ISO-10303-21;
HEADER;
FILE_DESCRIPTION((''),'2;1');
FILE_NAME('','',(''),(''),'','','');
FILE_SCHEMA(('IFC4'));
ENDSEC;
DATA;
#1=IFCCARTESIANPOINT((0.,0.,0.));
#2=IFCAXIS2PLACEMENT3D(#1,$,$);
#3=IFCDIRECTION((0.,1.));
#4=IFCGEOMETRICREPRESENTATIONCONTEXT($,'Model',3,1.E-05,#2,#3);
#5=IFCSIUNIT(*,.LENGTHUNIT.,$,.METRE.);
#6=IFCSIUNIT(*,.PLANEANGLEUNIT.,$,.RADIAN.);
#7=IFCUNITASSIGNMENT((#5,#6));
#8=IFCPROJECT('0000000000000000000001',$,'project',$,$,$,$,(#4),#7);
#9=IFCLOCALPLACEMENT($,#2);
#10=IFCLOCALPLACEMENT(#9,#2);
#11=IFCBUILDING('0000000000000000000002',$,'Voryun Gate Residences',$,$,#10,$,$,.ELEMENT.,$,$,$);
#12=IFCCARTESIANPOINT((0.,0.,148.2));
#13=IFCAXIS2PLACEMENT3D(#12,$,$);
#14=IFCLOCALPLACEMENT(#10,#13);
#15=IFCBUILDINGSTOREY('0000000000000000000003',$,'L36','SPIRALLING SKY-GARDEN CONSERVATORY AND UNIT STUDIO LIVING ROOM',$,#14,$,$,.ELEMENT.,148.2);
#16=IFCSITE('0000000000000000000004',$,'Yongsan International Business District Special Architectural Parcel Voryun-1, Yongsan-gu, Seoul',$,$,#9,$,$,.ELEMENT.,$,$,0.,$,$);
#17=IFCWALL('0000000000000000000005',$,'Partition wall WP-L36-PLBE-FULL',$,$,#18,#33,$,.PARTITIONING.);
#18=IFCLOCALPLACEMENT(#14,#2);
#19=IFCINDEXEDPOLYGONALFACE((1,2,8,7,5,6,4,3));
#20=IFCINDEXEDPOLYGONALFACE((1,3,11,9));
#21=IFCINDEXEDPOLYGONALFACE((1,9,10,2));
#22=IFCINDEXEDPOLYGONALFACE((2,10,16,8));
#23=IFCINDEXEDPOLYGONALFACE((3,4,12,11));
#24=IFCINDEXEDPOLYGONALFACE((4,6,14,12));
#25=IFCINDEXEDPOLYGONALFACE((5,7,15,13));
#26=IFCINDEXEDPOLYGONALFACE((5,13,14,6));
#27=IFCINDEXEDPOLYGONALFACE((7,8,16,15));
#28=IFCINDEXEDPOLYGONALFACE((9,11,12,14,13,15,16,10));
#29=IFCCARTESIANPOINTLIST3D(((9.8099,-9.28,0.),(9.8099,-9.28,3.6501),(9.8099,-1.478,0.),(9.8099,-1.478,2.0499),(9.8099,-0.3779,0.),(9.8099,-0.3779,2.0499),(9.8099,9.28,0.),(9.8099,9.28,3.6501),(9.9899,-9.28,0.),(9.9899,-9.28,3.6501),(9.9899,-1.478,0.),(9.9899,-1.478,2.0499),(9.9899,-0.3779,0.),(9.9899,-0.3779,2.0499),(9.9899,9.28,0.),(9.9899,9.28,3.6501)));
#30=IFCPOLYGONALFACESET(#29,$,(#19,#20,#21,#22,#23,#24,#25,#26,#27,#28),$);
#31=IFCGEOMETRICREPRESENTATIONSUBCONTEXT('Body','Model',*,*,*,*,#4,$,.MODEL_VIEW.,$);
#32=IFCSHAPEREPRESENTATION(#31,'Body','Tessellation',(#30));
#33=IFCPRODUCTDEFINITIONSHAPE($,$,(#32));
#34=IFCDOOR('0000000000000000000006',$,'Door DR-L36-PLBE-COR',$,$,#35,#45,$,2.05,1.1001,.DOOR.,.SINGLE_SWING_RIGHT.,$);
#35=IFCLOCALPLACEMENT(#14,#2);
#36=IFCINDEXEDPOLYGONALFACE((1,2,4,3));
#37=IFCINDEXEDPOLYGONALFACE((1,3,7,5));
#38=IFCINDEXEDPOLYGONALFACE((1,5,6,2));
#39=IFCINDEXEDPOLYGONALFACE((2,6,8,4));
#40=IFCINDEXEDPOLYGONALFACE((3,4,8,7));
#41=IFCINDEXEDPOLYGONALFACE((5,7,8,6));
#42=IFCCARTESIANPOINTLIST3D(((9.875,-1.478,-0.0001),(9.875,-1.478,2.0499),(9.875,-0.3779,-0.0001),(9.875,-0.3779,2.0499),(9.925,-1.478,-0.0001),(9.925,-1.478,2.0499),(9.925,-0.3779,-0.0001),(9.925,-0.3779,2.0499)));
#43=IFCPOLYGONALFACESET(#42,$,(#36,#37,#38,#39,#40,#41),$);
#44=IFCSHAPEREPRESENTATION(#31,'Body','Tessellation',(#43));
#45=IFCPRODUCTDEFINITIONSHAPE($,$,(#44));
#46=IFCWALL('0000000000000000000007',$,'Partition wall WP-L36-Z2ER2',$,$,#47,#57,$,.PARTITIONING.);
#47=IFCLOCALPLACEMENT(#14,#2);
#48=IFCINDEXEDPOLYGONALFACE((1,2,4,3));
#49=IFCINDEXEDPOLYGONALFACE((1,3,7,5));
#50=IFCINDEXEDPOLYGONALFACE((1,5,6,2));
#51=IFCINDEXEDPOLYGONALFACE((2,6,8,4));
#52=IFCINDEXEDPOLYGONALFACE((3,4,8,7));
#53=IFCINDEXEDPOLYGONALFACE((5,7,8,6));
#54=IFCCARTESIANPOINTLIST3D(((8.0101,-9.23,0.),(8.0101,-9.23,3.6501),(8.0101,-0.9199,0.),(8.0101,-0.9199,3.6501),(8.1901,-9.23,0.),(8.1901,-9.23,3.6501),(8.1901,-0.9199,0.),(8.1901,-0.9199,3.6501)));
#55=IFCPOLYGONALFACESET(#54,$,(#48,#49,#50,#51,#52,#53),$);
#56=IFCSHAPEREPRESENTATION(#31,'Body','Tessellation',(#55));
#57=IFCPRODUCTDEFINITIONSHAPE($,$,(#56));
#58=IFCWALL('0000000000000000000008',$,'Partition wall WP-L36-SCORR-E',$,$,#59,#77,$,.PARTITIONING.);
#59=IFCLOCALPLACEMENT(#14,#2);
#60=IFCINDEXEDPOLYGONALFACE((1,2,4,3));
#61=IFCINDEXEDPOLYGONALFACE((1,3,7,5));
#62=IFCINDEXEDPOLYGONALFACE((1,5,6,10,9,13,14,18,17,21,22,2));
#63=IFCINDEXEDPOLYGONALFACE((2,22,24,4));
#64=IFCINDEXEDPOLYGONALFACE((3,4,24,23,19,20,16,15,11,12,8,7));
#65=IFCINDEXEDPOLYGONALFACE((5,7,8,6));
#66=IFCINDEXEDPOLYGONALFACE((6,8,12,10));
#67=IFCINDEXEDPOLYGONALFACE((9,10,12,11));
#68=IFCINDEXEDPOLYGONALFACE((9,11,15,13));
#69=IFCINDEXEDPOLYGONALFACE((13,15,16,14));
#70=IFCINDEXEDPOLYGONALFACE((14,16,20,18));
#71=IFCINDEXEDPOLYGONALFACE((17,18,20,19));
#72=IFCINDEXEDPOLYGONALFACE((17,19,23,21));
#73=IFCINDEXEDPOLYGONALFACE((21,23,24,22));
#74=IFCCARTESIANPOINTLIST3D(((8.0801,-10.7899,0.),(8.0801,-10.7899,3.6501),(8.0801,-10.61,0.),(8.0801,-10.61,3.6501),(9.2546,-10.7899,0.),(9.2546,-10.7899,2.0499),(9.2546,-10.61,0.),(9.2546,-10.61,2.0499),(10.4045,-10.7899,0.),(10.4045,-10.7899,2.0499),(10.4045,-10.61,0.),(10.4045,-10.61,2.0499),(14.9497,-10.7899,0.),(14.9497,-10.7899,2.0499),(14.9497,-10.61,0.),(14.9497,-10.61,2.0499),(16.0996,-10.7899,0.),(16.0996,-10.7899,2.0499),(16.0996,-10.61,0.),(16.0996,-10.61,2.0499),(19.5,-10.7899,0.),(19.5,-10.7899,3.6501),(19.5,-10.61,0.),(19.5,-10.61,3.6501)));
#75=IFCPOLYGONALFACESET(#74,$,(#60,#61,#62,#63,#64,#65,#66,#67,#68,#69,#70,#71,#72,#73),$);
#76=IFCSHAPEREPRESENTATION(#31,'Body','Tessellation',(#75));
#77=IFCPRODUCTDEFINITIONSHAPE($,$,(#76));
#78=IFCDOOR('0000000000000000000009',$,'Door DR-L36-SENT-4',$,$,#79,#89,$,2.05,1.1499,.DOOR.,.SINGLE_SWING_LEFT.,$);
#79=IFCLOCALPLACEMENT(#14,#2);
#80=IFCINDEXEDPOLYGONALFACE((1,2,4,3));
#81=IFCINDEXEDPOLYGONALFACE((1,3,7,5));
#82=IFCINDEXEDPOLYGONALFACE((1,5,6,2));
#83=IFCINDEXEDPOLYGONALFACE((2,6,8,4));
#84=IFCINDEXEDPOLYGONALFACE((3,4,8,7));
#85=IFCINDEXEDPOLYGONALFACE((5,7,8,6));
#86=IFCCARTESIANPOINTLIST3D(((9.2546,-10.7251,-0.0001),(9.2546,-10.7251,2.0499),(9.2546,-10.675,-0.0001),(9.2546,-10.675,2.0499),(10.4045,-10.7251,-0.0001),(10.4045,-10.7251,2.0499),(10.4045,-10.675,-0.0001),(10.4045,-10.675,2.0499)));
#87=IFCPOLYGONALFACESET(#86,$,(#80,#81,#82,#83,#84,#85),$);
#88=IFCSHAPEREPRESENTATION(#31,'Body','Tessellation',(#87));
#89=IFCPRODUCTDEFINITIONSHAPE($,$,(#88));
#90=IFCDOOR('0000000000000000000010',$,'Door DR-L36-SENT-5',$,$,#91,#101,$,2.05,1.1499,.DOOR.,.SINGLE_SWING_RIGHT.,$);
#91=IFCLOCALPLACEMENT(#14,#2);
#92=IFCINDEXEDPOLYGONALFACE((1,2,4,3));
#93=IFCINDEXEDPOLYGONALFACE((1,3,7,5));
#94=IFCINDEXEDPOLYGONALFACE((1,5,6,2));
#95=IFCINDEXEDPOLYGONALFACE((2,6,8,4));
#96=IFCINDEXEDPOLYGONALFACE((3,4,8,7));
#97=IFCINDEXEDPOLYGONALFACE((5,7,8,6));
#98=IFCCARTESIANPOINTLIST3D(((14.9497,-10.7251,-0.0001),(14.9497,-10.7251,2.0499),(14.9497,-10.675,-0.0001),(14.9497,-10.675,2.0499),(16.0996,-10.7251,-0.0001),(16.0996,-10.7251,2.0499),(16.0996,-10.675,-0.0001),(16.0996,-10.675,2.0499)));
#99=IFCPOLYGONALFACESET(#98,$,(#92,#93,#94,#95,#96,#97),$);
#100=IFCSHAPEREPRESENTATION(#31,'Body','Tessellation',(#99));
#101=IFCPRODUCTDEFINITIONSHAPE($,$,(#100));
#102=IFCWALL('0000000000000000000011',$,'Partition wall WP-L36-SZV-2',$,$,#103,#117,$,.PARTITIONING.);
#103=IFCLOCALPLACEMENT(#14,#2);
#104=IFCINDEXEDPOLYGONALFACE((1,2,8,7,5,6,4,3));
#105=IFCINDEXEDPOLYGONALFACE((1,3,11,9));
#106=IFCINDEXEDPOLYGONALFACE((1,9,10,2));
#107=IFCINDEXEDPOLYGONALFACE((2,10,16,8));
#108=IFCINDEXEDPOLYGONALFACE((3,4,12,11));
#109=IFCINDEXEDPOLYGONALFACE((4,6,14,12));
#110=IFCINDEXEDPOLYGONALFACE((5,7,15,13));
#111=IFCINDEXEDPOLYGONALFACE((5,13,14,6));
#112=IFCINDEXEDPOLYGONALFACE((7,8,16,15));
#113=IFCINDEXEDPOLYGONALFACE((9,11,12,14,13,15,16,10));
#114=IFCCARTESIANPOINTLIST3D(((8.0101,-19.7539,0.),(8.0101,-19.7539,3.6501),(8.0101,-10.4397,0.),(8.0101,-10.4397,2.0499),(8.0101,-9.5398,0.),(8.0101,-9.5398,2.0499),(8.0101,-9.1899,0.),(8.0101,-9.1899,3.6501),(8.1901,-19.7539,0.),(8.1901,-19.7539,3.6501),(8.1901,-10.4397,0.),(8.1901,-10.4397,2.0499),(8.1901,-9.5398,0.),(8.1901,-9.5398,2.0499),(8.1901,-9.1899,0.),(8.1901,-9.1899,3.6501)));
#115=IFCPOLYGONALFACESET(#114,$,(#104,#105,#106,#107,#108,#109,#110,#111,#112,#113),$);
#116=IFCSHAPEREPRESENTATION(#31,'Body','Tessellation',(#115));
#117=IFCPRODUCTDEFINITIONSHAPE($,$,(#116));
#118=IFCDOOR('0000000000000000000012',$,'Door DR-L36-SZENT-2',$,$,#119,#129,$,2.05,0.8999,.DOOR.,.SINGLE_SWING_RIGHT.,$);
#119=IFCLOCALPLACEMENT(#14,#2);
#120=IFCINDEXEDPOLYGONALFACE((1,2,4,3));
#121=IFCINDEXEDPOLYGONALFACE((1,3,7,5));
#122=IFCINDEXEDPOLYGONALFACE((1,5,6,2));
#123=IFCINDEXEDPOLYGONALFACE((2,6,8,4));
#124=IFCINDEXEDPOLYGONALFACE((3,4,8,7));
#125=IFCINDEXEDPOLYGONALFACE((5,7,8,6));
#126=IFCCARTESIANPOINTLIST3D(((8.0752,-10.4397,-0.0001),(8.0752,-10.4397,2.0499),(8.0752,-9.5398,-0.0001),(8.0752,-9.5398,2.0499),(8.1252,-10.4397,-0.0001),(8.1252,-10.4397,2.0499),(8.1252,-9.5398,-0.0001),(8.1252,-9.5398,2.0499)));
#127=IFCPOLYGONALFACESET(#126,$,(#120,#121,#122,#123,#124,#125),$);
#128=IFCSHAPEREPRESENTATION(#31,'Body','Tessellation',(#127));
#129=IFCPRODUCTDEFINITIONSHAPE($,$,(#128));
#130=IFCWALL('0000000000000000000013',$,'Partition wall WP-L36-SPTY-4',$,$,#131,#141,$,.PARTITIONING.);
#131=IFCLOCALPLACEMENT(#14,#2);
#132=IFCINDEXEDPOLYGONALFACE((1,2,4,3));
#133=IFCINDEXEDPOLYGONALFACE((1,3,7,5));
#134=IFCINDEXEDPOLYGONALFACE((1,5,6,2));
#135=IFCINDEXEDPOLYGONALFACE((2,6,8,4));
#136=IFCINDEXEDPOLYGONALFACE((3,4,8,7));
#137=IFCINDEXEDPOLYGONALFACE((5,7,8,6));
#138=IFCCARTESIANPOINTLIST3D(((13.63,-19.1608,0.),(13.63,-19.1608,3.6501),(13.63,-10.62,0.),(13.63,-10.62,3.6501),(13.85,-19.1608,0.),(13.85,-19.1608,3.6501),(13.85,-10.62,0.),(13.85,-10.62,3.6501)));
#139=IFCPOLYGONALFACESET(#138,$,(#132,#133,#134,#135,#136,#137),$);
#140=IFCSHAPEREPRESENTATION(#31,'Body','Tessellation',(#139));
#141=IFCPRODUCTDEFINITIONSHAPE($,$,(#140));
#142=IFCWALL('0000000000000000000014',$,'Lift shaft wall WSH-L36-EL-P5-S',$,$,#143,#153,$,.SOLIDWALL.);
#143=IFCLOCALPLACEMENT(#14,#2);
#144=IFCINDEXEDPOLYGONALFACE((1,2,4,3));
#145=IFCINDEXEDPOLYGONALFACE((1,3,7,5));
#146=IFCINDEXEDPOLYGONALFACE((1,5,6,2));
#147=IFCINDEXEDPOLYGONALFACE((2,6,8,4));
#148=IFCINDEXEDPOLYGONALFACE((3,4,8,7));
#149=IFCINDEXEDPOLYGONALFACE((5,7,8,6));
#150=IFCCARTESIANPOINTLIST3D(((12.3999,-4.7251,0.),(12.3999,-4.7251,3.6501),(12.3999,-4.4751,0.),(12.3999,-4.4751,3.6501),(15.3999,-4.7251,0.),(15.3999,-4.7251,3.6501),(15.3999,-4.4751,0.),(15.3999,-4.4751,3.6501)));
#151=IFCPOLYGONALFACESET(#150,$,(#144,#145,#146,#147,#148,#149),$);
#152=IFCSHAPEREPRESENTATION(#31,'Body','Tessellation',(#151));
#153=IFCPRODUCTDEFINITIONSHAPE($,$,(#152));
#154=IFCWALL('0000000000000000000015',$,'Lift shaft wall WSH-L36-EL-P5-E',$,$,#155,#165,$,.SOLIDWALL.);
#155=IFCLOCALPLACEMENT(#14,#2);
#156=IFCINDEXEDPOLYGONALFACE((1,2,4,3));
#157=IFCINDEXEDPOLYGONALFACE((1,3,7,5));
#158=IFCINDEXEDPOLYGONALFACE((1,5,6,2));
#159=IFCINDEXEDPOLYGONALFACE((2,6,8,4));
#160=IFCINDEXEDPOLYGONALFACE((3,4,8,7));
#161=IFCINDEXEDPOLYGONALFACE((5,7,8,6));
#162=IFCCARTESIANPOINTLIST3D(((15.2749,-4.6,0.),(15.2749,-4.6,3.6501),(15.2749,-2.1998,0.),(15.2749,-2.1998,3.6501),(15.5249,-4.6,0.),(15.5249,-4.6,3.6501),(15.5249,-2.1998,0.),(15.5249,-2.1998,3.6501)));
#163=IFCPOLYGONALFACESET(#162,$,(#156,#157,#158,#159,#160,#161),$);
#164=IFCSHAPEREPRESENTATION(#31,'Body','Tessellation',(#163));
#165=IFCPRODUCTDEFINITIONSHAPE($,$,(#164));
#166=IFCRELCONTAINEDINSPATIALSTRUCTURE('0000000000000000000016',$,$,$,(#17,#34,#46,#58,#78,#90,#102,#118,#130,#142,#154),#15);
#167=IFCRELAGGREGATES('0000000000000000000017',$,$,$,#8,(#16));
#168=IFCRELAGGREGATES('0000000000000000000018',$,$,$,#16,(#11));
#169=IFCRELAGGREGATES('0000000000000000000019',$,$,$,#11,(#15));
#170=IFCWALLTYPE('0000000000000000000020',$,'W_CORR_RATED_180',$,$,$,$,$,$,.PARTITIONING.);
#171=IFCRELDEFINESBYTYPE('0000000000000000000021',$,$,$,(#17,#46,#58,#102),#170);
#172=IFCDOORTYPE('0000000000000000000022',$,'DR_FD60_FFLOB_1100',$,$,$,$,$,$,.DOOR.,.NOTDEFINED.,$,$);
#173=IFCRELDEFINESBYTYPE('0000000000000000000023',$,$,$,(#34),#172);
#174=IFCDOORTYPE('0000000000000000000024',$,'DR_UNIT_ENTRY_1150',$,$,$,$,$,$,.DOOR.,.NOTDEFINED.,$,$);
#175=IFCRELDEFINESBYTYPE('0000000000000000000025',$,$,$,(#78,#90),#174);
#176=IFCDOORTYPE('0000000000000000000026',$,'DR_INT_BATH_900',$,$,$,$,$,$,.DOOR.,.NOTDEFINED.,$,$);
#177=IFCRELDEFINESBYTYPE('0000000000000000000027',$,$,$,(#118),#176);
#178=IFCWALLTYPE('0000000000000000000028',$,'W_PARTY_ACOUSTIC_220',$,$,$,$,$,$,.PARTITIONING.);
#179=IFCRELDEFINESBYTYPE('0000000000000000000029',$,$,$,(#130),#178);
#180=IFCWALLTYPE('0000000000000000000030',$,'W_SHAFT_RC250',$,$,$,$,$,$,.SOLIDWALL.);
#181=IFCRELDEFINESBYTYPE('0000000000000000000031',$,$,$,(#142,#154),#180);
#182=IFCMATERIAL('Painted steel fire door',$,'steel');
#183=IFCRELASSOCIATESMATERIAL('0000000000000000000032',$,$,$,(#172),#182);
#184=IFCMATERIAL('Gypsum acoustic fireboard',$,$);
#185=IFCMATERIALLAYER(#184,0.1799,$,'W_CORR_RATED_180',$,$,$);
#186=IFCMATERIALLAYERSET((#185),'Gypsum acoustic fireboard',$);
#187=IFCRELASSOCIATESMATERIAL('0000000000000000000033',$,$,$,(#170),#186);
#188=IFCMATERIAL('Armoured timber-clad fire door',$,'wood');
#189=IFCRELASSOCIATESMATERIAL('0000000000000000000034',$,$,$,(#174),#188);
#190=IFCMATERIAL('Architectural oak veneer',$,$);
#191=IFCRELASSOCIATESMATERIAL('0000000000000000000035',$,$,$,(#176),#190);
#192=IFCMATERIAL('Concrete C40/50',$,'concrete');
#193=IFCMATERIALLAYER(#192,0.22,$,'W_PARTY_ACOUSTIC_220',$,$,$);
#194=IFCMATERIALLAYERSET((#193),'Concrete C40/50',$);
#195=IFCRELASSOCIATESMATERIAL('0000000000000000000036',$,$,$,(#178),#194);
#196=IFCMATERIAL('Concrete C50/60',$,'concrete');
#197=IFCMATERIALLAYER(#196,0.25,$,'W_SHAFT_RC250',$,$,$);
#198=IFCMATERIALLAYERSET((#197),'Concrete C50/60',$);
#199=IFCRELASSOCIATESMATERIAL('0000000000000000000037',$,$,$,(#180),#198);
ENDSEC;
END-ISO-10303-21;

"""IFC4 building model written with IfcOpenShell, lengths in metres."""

from ifc_helpers import new_model, si_unit, direction, frame, frame_2d, origin, place, context, subcontext, project, spatial, rectangle, extrude, material, layer, layer_set, type_object, element, fill, save


model = new_model("IFC4")

# Units and contexts
model_context = context("Model", 3, precision=1e-05, world=origin(), true_north=direction((0.0, 1.0)))
body_context = subcontext(model_context, "Body", "Model", "MODEL_VIEW")
ifc_project = project(units=[si_unit("LENGTHUNIT", "METRE"), si_unit("PLANEANGLEUNIT", "RADIAN")], contexts=[model_context])

# Site, building, storey
site_placement = place(None, origin())
site = spatial("IfcSite", under=ifc_project, at=site_placement, Name="Yongsan International Business District Special Architectural Parcel Voryun-1, Yongsan-gu, Seoul", CompositionType="ELEMENT", RefElevation=0.0)
building_placement = place(site_placement, origin())
building = spatial("IfcBuilding", under=site, at=building_placement, Name="Voryun Gate Residences", CompositionType="ELEMENT")
storey_placement = place(building_placement, frame((0.0, 0.0, 148.2)))
storey = spatial("IfcBuildingStorey", under=building, at=storey_placement, Name="L36", Description="SPIRALLING SKY-GARDEN CONSERVATORY AND UNIT STUDIO LIVING ROOM", CompositionType="ELEMENT", Elevation=148.2)

# Shared definitions
ifc_material_1 = material(Name="Painted steel fire door", Category="steel")
door_type_1 = type_object("IfcDoorType", Name="DR_FD60_FFLOB_1100", OperationType="NOTDEFINED", PredefinedType="DOOR", material=ifc_material_1)

# Shared definitions
ifc_material_2 = material(Name="Gypsum acoustic fireboard")
ifc_layer_1 = layer(ifc_material_2, 0.1799, Name="W_CORR_RATED_180")
ifc_layer_set_1 = layer_set([ifc_layer_1], Name="Gypsum acoustic fireboard")
wall_type_1 = type_object("IfcWallType", Name="W_CORR_RATED_180", PredefinedType="PARTITIONING", material=ifc_layer_set_1)

# Wall, opening, door
wall_1_placement = place(storey_placement, frame((9.8999, -9.28, 0.0), z_axis=(0.0, 0.0, 1.0), x_axis=(0.0, 1.0, 0.0)))
wall_1 = element("IfcWall", 1, at=wall_1_placement, inside=storey, type_object=wall_type_1, Name="Partition wall WP-L36-PLBE-FULL", PredefinedType="PARTITIONING", context=body_context, shape_type="SweptSolid", body=[
    extrude(rectangle(XDim=18.5601, YDim=0.1799, at=frame_2d((9.28, 0.0))), origin(), (0.0, 0.0, 1.0), 3.6501),
])
opening_1_placement = place(wall_1_placement, frame((7.802, 0.0, 0.0)))
opening_1 = element("IfcOpeningElement", 2, at=opening_1_placement, cuts=wall_1, PredefinedType="OPENING", context=body_context, shape_type="SweptSolid", body=[
    extrude(rectangle(XDim=1.1001, YDim=2.05, at=frame_2d((0.55, 1.0249))), frame((0.0, 0.0999, 0.0), z_axis=(0.0, -1.0, 0.0), x_axis=(1.0, 0.0, 0.0)), (0.0, 0.0, 1.0), 0.2),
])
door_1_placement = place(opening_1_placement, origin())
door_1 = element("IfcDoor", 3, at=door_1_placement, inside=storey, type_object=door_type_1, Name="Door DR-L36-PLBE-COR", OperationType="SINGLE_SWING_RIGHT", OverallHeight=2.05, OverallWidth=1.1001, PredefinedType="DOOR", context=body_context, shape_type="SweptSolid", body=[
    extrude(rectangle(XDim=1.1001, YDim=2.05, at=frame_2d((0.55, 1.0249))), frame((0.0, 0.0249, 0.0), z_axis=(0.0, -1.0, 0.0), x_axis=(1.0, 0.0, 0.0)), (0.0, 0.0, 1.0), 0.05),
])
fill(opening_1, door_1)

# Wall
wall_2_placement = place(storey_placement, frame((8.1001, -9.23, 0.0), z_axis=(0.0, 0.0, 1.0), x_axis=(0.0, 1.0, 0.0)))
element("IfcWall", 4, at=wall_2_placement, inside=storey, type_object=wall_type_1, Name="Partition wall WP-L36-Z2ER2", PredefinedType="PARTITIONING", context=body_context, shape_type="SweptSolid", body=[
    extrude(rectangle(XDim=8.3101, YDim=0.1799, at=frame_2d((4.155, 0.0))), origin(), (0.0, 0.0, 1.0), 3.6501),
])

# Wall, openings, doors
wall_3_placement = place(storey_placement, frame((8.0801, -10.7, 0.0), z_axis=(0.0, 0.0, 1.0), x_axis=(1.0, 0.0, 0.0)))
wall_3 = element("IfcWall", 5, at=wall_3_placement, inside=storey, type_object=wall_type_1, Name="Partition wall WP-L36-SCORR-E", PredefinedType="PARTITIONING", context=body_context, shape_type="SweptSolid", body=[
    extrude(rectangle(XDim=11.4199, YDim=0.1799, at=frame_2d((5.71, 0.0))), origin(), (0.0, 0.0, 1.0), 3.6501),
])
opening_2_placement = place(wall_3_placement, frame((1.1746, 0.0, 0.0)))
opening_2 = element("IfcOpeningElement", 6, at=opening_2_placement, cuts=wall_3, PredefinedType="OPENING", context=body_context, shape_type="SweptSolid", body=[
    extrude(rectangle(XDim=1.1499, YDim=2.05, at=frame_2d((0.575, 1.0249))), frame((0.0, 0.0999, 0.0), z_axis=(0.0, -1.0, 0.0), x_axis=(1.0, 0.0, 0.0)), (0.0, 0.0, 1.0), 0.2),
])
opening_3_placement = place(wall_3_placement, frame((6.8696, 0.0, 0.0)))
opening_3 = element("IfcOpeningElement", 7, at=opening_3_placement, cuts=wall_3, PredefinedType="OPENING", context=body_context, shape_type="SweptSolid", body=[
    extrude(rectangle(XDim=1.1499, YDim=2.05, at=frame_2d((0.575, 1.0249))), frame((0.0, 0.0999, 0.0), z_axis=(0.0, -1.0, 0.0), x_axis=(1.0, 0.0, 0.0)), (0.0, 0.0, 1.0), 0.2),
])
ifc_material_3 = material(Name="Armoured timber-clad fire door", Category="wood")
door_type_2 = type_object("IfcDoorType", Name="DR_UNIT_ENTRY_1150", OperationType="NOTDEFINED", PredefinedType="DOOR", material=ifc_material_3)
door_2_placement = place(opening_2_placement, origin())
door_2 = element("IfcDoor", 8, at=door_2_placement, inside=storey, type_object=door_type_2, Name="Door DR-L36-SENT-4", OperationType="SINGLE_SWING_LEFT", OverallHeight=2.05, OverallWidth=1.1499, PredefinedType="DOOR", context=body_context, shape_type="SweptSolid", body=[
    extrude(rectangle(XDim=1.1499, YDim=2.05, at=frame_2d((0.575, 1.0249))), frame((0.0, 0.0249, 0.0), z_axis=(0.0, -1.0, 0.0), x_axis=(1.0, 0.0, 0.0)), (0.0, 0.0, 1.0), 0.05),
])
fill(opening_2, door_2)
door_3_placement = place(opening_3_placement, origin())
door_3 = element("IfcDoor", 9, at=door_3_placement, inside=storey, type_object=door_type_2, Name="Door DR-L36-SENT-5", OperationType="SINGLE_SWING_RIGHT", OverallHeight=2.05, OverallWidth=1.1499, PredefinedType="DOOR", context=body_context, shape_type="SweptSolid", body=[
    extrude(rectangle(XDim=1.1499, YDim=2.05, at=frame_2d((0.575, 1.0249))), frame((0.0, 0.0249, 0.0), z_axis=(0.0, -1.0, 0.0), x_axis=(1.0, 0.0, 0.0)), (0.0, 0.0, 1.0), 0.05),
])
fill(opening_3, door_3)

# Wall, opening, door
wall_4_placement = place(storey_placement, frame((8.1001, -19.7539, 0.0), z_axis=(0.0, 0.0, 1.0), x_axis=(0.0, 1.0, 0.0)))
wall_4 = element("IfcWall", 10, at=wall_4_placement, inside=storey, type_object=wall_type_1, Name="Partition wall WP-L36-SZV-2", PredefinedType="PARTITIONING", context=body_context, shape_type="SweptSolid", body=[
    extrude(rectangle(XDim=10.564, YDim=0.1799, at=frame_2d((5.282, 0.0))), origin(), (0.0, 0.0, 1.0), 3.6501),
])
opening_4_placement = place(wall_4_placement, frame((9.3142, 0.0, 0.0)))
opening_4 = element("IfcOpeningElement", 11, at=opening_4_placement, cuts=wall_4, PredefinedType="OPENING", context=body_context, shape_type="SweptSolid", body=[
    extrude(rectangle(XDim=0.8999, YDim=2.05, at=frame_2d((0.45, 1.0249))), frame((0.0, 0.0999, 0.0), z_axis=(0.0, -1.0, 0.0), x_axis=(1.0, 0.0, 0.0)), (0.0, 0.0, 1.0), 0.2),
])
ifc_material_4 = material(Name="Architectural oak veneer")
door_type_3 = type_object("IfcDoorType", Name="DR_INT_BATH_900", OperationType="NOTDEFINED", PredefinedType="DOOR", material=ifc_material_4)
door_4_placement = place(opening_4_placement, origin())
door_4 = element("IfcDoor", 12, at=door_4_placement, inside=storey, type_object=door_type_3, Name="Door DR-L36-SZENT-2", OperationType="SINGLE_SWING_RIGHT", OverallHeight=2.05, OverallWidth=0.8999, PredefinedType="DOOR", context=body_context, shape_type="SweptSolid", body=[
    extrude(rectangle(XDim=0.8999, YDim=2.05, at=frame_2d((0.45, 1.0249))), frame((0.0, 0.0249, 0.0), z_axis=(0.0, -1.0, 0.0), x_axis=(1.0, 0.0, 0.0)), (0.0, 0.0, 1.0), 0.05),
])
fill(opening_4, door_4)

# Walls
ifc_material_5 = material(Name="Concrete C40/50", Category="concrete")
ifc_layer_2 = layer(ifc_material_5, 0.22, Name="W_PARTY_ACOUSTIC_220")
ifc_layer_set_2 = layer_set([ifc_layer_2], Name="Concrete C40/50")
wall_type_2 = type_object("IfcWallType", Name="W_PARTY_ACOUSTIC_220", PredefinedType="PARTITIONING", material=ifc_layer_set_2)
wall_5_placement = place(storey_placement, frame((13.74, -19.1609, 0.0), z_axis=(0.0, 0.0, 1.0), x_axis=(0.0, 1.0, 0.0)))
element("IfcWall", 13, at=wall_5_placement, inside=storey, type_object=wall_type_2, Name="Partition wall WP-L36-SPTY-4", PredefinedType="PARTITIONING", context=body_context, shape_type="SweptSolid", body=[
    extrude(rectangle(XDim=8.5408, YDim=0.22, at=frame_2d((4.2705, 0.0))), origin(), (0.0, 0.0, 1.0), 3.6501),
])
ifc_material_6 = material(Name="Concrete C50/60", Category="concrete")
ifc_layer_3 = layer(ifc_material_6, 0.25, Name="W_SHAFT_RC250")
ifc_layer_set_3 = layer_set([ifc_layer_3], Name="Concrete C50/60")
wall_type_3 = type_object("IfcWallType", Name="W_SHAFT_RC250", PredefinedType="SOLIDWALL", material=ifc_layer_set_3)
wall_6_placement = place(storey_placement, frame((12.3999, -4.6001, 0.0), z_axis=(0.0, 0.0, 1.0), x_axis=(1.0, 0.0, 0.0)))
element("IfcWall", 14, at=wall_6_placement, inside=storey, type_object=wall_type_3, Name="Lift shaft wall WSH-L36-EL-P5-S", PredefinedType="SOLIDWALL", context=body_context, shape_type="SweptSolid", body=[
    extrude(rectangle(XDim=3.0, YDim=0.25, at=frame_2d((1.5, 0.0))), origin(), (0.0, 0.0, 1.0), 3.6501),
])
wall_7_placement = place(storey_placement, frame((15.3999, -4.6001, 0.0), z_axis=(0.0, 0.0, 1.0), x_axis=(0.0, 1.0, 0.0)))
element("IfcWall", 15, at=wall_7_placement, inside=storey, type_object=wall_type_3, Name="Lift shaft wall WSH-L36-EL-P5-E", PredefinedType="SOLIDWALL", context=body_context, shape_type="SweptSolid", body=[
    extrude(rectangle(XDim=2.4001, YDim=0.25, at=frame_2d((1.2002, 0.0))), origin(), (0.0, 0.0, 1.0), 3.6501),
])

save(model, "model.ifc")
